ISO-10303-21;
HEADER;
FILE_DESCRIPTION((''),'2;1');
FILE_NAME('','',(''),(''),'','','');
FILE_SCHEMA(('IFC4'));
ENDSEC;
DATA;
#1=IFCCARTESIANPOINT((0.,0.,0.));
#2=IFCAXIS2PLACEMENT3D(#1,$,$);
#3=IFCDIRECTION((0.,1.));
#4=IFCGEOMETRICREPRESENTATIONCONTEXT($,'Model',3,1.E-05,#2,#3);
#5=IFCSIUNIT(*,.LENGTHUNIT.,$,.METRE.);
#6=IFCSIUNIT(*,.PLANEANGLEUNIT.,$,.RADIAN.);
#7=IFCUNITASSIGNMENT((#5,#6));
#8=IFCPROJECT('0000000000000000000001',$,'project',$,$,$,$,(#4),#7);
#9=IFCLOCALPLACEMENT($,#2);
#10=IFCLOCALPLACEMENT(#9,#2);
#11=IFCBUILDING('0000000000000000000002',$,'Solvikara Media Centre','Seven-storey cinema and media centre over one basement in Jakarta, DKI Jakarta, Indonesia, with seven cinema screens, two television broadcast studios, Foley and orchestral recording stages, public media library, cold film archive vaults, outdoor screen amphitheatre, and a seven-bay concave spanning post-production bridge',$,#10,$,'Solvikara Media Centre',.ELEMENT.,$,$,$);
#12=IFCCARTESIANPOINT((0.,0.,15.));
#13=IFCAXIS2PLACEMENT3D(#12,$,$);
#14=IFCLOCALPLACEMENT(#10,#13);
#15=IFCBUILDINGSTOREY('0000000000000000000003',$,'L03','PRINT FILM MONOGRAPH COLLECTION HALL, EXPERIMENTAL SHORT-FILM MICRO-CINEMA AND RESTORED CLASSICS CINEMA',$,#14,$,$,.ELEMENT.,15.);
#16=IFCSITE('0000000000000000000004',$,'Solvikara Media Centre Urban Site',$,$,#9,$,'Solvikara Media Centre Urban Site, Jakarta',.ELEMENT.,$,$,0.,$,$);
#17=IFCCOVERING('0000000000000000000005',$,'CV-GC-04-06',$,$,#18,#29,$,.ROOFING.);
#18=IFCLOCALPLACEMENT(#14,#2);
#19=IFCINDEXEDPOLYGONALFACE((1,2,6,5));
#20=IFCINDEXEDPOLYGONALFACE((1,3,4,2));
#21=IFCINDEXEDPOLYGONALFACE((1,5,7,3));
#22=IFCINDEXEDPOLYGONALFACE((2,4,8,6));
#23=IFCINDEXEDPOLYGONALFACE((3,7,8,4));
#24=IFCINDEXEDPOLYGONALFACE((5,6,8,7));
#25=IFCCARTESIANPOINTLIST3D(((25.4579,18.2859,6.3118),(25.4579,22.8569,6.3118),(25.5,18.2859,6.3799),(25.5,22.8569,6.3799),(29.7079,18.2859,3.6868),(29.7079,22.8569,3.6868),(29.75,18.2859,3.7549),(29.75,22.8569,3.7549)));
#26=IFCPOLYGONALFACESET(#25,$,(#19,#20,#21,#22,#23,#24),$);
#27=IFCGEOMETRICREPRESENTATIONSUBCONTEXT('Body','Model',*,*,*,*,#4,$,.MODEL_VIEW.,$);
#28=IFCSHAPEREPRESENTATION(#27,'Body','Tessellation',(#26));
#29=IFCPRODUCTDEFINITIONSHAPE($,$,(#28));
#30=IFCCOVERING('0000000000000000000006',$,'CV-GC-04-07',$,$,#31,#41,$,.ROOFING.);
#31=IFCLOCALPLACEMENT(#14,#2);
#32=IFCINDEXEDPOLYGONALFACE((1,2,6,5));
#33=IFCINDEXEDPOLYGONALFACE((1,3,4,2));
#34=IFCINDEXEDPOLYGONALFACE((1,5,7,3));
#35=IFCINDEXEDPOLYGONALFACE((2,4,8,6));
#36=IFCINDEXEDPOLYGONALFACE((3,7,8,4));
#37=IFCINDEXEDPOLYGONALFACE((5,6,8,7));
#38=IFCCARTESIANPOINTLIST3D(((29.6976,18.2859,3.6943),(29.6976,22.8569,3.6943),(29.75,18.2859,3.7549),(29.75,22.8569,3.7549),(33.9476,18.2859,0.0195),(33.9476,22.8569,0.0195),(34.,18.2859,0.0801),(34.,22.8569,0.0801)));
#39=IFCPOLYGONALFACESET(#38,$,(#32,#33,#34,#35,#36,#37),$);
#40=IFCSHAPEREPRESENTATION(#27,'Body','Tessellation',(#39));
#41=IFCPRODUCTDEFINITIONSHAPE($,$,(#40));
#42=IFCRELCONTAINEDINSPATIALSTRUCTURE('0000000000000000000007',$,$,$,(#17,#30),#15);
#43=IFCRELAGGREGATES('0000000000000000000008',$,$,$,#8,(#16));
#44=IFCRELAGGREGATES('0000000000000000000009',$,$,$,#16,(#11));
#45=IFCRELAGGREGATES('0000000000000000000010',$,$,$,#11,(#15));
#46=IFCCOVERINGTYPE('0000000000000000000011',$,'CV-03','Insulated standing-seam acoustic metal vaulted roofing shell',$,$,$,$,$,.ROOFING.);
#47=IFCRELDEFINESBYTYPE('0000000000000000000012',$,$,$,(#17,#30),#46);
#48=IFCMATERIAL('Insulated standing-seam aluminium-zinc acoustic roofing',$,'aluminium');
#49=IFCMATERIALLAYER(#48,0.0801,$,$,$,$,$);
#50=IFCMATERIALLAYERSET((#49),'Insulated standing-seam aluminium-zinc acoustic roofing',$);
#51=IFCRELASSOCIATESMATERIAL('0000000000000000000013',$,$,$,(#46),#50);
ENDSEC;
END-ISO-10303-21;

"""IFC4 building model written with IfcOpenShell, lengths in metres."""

from ifc_helpers import new_model, si_unit, direction, frame, origin, place, context, subcontext, project, spatial, polyline, outline, extrude, material, layer, layer_set, type_object, element, save


model = new_model("IFC4")

# Units and contexts
model_context = context("Model", 3, precision=1e-05, world=origin(), true_north=direction((0.0, 1.0)))
body_context = subcontext(model_context, "Body", "Model", "MODEL_VIEW")
ifc_project = project(units=[si_unit("LENGTHUNIT", "METRE"), si_unit("PLANEANGLEUNIT", "RADIAN")], contexts=[model_context])

# Site, building, storey
site_placement = place(None, origin())
site = spatial("IfcSite", under=ifc_project, at=site_placement, Name="Solvikara Media Centre Urban Site", LongName="Solvikara Media Centre Urban Site, Jakarta", CompositionType="ELEMENT", RefElevation=0.0)
building_placement = place(site_placement, origin())
building = spatial("IfcBuilding", under=site, at=building_placement, Name="Solvikara Media Centre", Description="Seven-storey cinema and media centre over one basement in Jakarta, DKI Jakarta, Indonesia, with seven cinema screens, two television broadcast studios, Foley and orchestral recording stages, public media library, cold film archive vaults, outdoor screen amphitheatre, and a seven-bay concave spanning post-production bridge", LongName="Solvikara Media Centre", CompositionType="ELEMENT")
storey_placement = place(building_placement, frame((0.0, 0.0, 15.0)))
storey = spatial("IfcBuildingStorey", under=building, at=storey_placement, Name="L03", Description="PRINT FILM MONOGRAPH COLLECTION HALL, EXPERIMENTAL SHORT-FILM MICRO-CINEMA AND RESTORED CLASSICS CINEMA", CompositionType="ELEMENT", Elevation=15.0)

# Shared definitions
ifc_material_1 = material(Name="Insulated standing-seam aluminium-zinc acoustic roofing", Category="aluminium")

# Coverings
ifc_layer_1 = layer(ifc_material_1, 0.0801)
ifc_layer_set_1 = layer_set([ifc_layer_1], Name="Insulated standing-seam aluminium-zinc acoustic roofing")
covering_type = type_object("IfcCoveringType", Name="CV-03", Description="Insulated standing-seam acoustic metal vaulted roofing shell", PredefinedType="ROOFING", material=ifc_layer_set_1)
covering_1_placement = place(storey_placement, frame((25.5, 18.2859, 6.3799), z_axis=(0.525493, 0.0, 0.850798), x_axis=(0.850798, 0.0, -0.525493)))
element("IfcCovering", 1, at=covering_1_placement, inside=storey, type_object=covering_type, Name="CV-GC-04-06", PredefinedType="ROOFING", context=body_context, shape_type="SweptSolid", body=[
    extrude(outline(polyline([(0.0, 0.0), (4.9953, 0.0), (4.9953, 4.571), (0.0, 4.571), (0.0, 0.0)])), origin(), (0.0, 0.0, -1.0), 0.0801),
])
covering_2_placement = place(storey_placement, frame((29.75, 18.2859, 3.7549), z_axis=(0.654063, 0.0, 0.75644), x_axis=(0.75644, 0.0, -0.654063)))
element("IfcCovering", 2, at=covering_2_placement, inside=storey, type_object=covering_type, Name="CV-GC-04-07", PredefinedType="ROOFING", context=body_context, shape_type="SweptSolid", body=[
    extrude(outline(polyline([(0.0, 0.0), (5.6184, 0.0), (5.6184, 4.571), (0.0, 4.571), (0.0, 0.0)])), origin(), (0.0, 0.0, -1.0), 0.0801),
])

save(model, "model.ifc")
